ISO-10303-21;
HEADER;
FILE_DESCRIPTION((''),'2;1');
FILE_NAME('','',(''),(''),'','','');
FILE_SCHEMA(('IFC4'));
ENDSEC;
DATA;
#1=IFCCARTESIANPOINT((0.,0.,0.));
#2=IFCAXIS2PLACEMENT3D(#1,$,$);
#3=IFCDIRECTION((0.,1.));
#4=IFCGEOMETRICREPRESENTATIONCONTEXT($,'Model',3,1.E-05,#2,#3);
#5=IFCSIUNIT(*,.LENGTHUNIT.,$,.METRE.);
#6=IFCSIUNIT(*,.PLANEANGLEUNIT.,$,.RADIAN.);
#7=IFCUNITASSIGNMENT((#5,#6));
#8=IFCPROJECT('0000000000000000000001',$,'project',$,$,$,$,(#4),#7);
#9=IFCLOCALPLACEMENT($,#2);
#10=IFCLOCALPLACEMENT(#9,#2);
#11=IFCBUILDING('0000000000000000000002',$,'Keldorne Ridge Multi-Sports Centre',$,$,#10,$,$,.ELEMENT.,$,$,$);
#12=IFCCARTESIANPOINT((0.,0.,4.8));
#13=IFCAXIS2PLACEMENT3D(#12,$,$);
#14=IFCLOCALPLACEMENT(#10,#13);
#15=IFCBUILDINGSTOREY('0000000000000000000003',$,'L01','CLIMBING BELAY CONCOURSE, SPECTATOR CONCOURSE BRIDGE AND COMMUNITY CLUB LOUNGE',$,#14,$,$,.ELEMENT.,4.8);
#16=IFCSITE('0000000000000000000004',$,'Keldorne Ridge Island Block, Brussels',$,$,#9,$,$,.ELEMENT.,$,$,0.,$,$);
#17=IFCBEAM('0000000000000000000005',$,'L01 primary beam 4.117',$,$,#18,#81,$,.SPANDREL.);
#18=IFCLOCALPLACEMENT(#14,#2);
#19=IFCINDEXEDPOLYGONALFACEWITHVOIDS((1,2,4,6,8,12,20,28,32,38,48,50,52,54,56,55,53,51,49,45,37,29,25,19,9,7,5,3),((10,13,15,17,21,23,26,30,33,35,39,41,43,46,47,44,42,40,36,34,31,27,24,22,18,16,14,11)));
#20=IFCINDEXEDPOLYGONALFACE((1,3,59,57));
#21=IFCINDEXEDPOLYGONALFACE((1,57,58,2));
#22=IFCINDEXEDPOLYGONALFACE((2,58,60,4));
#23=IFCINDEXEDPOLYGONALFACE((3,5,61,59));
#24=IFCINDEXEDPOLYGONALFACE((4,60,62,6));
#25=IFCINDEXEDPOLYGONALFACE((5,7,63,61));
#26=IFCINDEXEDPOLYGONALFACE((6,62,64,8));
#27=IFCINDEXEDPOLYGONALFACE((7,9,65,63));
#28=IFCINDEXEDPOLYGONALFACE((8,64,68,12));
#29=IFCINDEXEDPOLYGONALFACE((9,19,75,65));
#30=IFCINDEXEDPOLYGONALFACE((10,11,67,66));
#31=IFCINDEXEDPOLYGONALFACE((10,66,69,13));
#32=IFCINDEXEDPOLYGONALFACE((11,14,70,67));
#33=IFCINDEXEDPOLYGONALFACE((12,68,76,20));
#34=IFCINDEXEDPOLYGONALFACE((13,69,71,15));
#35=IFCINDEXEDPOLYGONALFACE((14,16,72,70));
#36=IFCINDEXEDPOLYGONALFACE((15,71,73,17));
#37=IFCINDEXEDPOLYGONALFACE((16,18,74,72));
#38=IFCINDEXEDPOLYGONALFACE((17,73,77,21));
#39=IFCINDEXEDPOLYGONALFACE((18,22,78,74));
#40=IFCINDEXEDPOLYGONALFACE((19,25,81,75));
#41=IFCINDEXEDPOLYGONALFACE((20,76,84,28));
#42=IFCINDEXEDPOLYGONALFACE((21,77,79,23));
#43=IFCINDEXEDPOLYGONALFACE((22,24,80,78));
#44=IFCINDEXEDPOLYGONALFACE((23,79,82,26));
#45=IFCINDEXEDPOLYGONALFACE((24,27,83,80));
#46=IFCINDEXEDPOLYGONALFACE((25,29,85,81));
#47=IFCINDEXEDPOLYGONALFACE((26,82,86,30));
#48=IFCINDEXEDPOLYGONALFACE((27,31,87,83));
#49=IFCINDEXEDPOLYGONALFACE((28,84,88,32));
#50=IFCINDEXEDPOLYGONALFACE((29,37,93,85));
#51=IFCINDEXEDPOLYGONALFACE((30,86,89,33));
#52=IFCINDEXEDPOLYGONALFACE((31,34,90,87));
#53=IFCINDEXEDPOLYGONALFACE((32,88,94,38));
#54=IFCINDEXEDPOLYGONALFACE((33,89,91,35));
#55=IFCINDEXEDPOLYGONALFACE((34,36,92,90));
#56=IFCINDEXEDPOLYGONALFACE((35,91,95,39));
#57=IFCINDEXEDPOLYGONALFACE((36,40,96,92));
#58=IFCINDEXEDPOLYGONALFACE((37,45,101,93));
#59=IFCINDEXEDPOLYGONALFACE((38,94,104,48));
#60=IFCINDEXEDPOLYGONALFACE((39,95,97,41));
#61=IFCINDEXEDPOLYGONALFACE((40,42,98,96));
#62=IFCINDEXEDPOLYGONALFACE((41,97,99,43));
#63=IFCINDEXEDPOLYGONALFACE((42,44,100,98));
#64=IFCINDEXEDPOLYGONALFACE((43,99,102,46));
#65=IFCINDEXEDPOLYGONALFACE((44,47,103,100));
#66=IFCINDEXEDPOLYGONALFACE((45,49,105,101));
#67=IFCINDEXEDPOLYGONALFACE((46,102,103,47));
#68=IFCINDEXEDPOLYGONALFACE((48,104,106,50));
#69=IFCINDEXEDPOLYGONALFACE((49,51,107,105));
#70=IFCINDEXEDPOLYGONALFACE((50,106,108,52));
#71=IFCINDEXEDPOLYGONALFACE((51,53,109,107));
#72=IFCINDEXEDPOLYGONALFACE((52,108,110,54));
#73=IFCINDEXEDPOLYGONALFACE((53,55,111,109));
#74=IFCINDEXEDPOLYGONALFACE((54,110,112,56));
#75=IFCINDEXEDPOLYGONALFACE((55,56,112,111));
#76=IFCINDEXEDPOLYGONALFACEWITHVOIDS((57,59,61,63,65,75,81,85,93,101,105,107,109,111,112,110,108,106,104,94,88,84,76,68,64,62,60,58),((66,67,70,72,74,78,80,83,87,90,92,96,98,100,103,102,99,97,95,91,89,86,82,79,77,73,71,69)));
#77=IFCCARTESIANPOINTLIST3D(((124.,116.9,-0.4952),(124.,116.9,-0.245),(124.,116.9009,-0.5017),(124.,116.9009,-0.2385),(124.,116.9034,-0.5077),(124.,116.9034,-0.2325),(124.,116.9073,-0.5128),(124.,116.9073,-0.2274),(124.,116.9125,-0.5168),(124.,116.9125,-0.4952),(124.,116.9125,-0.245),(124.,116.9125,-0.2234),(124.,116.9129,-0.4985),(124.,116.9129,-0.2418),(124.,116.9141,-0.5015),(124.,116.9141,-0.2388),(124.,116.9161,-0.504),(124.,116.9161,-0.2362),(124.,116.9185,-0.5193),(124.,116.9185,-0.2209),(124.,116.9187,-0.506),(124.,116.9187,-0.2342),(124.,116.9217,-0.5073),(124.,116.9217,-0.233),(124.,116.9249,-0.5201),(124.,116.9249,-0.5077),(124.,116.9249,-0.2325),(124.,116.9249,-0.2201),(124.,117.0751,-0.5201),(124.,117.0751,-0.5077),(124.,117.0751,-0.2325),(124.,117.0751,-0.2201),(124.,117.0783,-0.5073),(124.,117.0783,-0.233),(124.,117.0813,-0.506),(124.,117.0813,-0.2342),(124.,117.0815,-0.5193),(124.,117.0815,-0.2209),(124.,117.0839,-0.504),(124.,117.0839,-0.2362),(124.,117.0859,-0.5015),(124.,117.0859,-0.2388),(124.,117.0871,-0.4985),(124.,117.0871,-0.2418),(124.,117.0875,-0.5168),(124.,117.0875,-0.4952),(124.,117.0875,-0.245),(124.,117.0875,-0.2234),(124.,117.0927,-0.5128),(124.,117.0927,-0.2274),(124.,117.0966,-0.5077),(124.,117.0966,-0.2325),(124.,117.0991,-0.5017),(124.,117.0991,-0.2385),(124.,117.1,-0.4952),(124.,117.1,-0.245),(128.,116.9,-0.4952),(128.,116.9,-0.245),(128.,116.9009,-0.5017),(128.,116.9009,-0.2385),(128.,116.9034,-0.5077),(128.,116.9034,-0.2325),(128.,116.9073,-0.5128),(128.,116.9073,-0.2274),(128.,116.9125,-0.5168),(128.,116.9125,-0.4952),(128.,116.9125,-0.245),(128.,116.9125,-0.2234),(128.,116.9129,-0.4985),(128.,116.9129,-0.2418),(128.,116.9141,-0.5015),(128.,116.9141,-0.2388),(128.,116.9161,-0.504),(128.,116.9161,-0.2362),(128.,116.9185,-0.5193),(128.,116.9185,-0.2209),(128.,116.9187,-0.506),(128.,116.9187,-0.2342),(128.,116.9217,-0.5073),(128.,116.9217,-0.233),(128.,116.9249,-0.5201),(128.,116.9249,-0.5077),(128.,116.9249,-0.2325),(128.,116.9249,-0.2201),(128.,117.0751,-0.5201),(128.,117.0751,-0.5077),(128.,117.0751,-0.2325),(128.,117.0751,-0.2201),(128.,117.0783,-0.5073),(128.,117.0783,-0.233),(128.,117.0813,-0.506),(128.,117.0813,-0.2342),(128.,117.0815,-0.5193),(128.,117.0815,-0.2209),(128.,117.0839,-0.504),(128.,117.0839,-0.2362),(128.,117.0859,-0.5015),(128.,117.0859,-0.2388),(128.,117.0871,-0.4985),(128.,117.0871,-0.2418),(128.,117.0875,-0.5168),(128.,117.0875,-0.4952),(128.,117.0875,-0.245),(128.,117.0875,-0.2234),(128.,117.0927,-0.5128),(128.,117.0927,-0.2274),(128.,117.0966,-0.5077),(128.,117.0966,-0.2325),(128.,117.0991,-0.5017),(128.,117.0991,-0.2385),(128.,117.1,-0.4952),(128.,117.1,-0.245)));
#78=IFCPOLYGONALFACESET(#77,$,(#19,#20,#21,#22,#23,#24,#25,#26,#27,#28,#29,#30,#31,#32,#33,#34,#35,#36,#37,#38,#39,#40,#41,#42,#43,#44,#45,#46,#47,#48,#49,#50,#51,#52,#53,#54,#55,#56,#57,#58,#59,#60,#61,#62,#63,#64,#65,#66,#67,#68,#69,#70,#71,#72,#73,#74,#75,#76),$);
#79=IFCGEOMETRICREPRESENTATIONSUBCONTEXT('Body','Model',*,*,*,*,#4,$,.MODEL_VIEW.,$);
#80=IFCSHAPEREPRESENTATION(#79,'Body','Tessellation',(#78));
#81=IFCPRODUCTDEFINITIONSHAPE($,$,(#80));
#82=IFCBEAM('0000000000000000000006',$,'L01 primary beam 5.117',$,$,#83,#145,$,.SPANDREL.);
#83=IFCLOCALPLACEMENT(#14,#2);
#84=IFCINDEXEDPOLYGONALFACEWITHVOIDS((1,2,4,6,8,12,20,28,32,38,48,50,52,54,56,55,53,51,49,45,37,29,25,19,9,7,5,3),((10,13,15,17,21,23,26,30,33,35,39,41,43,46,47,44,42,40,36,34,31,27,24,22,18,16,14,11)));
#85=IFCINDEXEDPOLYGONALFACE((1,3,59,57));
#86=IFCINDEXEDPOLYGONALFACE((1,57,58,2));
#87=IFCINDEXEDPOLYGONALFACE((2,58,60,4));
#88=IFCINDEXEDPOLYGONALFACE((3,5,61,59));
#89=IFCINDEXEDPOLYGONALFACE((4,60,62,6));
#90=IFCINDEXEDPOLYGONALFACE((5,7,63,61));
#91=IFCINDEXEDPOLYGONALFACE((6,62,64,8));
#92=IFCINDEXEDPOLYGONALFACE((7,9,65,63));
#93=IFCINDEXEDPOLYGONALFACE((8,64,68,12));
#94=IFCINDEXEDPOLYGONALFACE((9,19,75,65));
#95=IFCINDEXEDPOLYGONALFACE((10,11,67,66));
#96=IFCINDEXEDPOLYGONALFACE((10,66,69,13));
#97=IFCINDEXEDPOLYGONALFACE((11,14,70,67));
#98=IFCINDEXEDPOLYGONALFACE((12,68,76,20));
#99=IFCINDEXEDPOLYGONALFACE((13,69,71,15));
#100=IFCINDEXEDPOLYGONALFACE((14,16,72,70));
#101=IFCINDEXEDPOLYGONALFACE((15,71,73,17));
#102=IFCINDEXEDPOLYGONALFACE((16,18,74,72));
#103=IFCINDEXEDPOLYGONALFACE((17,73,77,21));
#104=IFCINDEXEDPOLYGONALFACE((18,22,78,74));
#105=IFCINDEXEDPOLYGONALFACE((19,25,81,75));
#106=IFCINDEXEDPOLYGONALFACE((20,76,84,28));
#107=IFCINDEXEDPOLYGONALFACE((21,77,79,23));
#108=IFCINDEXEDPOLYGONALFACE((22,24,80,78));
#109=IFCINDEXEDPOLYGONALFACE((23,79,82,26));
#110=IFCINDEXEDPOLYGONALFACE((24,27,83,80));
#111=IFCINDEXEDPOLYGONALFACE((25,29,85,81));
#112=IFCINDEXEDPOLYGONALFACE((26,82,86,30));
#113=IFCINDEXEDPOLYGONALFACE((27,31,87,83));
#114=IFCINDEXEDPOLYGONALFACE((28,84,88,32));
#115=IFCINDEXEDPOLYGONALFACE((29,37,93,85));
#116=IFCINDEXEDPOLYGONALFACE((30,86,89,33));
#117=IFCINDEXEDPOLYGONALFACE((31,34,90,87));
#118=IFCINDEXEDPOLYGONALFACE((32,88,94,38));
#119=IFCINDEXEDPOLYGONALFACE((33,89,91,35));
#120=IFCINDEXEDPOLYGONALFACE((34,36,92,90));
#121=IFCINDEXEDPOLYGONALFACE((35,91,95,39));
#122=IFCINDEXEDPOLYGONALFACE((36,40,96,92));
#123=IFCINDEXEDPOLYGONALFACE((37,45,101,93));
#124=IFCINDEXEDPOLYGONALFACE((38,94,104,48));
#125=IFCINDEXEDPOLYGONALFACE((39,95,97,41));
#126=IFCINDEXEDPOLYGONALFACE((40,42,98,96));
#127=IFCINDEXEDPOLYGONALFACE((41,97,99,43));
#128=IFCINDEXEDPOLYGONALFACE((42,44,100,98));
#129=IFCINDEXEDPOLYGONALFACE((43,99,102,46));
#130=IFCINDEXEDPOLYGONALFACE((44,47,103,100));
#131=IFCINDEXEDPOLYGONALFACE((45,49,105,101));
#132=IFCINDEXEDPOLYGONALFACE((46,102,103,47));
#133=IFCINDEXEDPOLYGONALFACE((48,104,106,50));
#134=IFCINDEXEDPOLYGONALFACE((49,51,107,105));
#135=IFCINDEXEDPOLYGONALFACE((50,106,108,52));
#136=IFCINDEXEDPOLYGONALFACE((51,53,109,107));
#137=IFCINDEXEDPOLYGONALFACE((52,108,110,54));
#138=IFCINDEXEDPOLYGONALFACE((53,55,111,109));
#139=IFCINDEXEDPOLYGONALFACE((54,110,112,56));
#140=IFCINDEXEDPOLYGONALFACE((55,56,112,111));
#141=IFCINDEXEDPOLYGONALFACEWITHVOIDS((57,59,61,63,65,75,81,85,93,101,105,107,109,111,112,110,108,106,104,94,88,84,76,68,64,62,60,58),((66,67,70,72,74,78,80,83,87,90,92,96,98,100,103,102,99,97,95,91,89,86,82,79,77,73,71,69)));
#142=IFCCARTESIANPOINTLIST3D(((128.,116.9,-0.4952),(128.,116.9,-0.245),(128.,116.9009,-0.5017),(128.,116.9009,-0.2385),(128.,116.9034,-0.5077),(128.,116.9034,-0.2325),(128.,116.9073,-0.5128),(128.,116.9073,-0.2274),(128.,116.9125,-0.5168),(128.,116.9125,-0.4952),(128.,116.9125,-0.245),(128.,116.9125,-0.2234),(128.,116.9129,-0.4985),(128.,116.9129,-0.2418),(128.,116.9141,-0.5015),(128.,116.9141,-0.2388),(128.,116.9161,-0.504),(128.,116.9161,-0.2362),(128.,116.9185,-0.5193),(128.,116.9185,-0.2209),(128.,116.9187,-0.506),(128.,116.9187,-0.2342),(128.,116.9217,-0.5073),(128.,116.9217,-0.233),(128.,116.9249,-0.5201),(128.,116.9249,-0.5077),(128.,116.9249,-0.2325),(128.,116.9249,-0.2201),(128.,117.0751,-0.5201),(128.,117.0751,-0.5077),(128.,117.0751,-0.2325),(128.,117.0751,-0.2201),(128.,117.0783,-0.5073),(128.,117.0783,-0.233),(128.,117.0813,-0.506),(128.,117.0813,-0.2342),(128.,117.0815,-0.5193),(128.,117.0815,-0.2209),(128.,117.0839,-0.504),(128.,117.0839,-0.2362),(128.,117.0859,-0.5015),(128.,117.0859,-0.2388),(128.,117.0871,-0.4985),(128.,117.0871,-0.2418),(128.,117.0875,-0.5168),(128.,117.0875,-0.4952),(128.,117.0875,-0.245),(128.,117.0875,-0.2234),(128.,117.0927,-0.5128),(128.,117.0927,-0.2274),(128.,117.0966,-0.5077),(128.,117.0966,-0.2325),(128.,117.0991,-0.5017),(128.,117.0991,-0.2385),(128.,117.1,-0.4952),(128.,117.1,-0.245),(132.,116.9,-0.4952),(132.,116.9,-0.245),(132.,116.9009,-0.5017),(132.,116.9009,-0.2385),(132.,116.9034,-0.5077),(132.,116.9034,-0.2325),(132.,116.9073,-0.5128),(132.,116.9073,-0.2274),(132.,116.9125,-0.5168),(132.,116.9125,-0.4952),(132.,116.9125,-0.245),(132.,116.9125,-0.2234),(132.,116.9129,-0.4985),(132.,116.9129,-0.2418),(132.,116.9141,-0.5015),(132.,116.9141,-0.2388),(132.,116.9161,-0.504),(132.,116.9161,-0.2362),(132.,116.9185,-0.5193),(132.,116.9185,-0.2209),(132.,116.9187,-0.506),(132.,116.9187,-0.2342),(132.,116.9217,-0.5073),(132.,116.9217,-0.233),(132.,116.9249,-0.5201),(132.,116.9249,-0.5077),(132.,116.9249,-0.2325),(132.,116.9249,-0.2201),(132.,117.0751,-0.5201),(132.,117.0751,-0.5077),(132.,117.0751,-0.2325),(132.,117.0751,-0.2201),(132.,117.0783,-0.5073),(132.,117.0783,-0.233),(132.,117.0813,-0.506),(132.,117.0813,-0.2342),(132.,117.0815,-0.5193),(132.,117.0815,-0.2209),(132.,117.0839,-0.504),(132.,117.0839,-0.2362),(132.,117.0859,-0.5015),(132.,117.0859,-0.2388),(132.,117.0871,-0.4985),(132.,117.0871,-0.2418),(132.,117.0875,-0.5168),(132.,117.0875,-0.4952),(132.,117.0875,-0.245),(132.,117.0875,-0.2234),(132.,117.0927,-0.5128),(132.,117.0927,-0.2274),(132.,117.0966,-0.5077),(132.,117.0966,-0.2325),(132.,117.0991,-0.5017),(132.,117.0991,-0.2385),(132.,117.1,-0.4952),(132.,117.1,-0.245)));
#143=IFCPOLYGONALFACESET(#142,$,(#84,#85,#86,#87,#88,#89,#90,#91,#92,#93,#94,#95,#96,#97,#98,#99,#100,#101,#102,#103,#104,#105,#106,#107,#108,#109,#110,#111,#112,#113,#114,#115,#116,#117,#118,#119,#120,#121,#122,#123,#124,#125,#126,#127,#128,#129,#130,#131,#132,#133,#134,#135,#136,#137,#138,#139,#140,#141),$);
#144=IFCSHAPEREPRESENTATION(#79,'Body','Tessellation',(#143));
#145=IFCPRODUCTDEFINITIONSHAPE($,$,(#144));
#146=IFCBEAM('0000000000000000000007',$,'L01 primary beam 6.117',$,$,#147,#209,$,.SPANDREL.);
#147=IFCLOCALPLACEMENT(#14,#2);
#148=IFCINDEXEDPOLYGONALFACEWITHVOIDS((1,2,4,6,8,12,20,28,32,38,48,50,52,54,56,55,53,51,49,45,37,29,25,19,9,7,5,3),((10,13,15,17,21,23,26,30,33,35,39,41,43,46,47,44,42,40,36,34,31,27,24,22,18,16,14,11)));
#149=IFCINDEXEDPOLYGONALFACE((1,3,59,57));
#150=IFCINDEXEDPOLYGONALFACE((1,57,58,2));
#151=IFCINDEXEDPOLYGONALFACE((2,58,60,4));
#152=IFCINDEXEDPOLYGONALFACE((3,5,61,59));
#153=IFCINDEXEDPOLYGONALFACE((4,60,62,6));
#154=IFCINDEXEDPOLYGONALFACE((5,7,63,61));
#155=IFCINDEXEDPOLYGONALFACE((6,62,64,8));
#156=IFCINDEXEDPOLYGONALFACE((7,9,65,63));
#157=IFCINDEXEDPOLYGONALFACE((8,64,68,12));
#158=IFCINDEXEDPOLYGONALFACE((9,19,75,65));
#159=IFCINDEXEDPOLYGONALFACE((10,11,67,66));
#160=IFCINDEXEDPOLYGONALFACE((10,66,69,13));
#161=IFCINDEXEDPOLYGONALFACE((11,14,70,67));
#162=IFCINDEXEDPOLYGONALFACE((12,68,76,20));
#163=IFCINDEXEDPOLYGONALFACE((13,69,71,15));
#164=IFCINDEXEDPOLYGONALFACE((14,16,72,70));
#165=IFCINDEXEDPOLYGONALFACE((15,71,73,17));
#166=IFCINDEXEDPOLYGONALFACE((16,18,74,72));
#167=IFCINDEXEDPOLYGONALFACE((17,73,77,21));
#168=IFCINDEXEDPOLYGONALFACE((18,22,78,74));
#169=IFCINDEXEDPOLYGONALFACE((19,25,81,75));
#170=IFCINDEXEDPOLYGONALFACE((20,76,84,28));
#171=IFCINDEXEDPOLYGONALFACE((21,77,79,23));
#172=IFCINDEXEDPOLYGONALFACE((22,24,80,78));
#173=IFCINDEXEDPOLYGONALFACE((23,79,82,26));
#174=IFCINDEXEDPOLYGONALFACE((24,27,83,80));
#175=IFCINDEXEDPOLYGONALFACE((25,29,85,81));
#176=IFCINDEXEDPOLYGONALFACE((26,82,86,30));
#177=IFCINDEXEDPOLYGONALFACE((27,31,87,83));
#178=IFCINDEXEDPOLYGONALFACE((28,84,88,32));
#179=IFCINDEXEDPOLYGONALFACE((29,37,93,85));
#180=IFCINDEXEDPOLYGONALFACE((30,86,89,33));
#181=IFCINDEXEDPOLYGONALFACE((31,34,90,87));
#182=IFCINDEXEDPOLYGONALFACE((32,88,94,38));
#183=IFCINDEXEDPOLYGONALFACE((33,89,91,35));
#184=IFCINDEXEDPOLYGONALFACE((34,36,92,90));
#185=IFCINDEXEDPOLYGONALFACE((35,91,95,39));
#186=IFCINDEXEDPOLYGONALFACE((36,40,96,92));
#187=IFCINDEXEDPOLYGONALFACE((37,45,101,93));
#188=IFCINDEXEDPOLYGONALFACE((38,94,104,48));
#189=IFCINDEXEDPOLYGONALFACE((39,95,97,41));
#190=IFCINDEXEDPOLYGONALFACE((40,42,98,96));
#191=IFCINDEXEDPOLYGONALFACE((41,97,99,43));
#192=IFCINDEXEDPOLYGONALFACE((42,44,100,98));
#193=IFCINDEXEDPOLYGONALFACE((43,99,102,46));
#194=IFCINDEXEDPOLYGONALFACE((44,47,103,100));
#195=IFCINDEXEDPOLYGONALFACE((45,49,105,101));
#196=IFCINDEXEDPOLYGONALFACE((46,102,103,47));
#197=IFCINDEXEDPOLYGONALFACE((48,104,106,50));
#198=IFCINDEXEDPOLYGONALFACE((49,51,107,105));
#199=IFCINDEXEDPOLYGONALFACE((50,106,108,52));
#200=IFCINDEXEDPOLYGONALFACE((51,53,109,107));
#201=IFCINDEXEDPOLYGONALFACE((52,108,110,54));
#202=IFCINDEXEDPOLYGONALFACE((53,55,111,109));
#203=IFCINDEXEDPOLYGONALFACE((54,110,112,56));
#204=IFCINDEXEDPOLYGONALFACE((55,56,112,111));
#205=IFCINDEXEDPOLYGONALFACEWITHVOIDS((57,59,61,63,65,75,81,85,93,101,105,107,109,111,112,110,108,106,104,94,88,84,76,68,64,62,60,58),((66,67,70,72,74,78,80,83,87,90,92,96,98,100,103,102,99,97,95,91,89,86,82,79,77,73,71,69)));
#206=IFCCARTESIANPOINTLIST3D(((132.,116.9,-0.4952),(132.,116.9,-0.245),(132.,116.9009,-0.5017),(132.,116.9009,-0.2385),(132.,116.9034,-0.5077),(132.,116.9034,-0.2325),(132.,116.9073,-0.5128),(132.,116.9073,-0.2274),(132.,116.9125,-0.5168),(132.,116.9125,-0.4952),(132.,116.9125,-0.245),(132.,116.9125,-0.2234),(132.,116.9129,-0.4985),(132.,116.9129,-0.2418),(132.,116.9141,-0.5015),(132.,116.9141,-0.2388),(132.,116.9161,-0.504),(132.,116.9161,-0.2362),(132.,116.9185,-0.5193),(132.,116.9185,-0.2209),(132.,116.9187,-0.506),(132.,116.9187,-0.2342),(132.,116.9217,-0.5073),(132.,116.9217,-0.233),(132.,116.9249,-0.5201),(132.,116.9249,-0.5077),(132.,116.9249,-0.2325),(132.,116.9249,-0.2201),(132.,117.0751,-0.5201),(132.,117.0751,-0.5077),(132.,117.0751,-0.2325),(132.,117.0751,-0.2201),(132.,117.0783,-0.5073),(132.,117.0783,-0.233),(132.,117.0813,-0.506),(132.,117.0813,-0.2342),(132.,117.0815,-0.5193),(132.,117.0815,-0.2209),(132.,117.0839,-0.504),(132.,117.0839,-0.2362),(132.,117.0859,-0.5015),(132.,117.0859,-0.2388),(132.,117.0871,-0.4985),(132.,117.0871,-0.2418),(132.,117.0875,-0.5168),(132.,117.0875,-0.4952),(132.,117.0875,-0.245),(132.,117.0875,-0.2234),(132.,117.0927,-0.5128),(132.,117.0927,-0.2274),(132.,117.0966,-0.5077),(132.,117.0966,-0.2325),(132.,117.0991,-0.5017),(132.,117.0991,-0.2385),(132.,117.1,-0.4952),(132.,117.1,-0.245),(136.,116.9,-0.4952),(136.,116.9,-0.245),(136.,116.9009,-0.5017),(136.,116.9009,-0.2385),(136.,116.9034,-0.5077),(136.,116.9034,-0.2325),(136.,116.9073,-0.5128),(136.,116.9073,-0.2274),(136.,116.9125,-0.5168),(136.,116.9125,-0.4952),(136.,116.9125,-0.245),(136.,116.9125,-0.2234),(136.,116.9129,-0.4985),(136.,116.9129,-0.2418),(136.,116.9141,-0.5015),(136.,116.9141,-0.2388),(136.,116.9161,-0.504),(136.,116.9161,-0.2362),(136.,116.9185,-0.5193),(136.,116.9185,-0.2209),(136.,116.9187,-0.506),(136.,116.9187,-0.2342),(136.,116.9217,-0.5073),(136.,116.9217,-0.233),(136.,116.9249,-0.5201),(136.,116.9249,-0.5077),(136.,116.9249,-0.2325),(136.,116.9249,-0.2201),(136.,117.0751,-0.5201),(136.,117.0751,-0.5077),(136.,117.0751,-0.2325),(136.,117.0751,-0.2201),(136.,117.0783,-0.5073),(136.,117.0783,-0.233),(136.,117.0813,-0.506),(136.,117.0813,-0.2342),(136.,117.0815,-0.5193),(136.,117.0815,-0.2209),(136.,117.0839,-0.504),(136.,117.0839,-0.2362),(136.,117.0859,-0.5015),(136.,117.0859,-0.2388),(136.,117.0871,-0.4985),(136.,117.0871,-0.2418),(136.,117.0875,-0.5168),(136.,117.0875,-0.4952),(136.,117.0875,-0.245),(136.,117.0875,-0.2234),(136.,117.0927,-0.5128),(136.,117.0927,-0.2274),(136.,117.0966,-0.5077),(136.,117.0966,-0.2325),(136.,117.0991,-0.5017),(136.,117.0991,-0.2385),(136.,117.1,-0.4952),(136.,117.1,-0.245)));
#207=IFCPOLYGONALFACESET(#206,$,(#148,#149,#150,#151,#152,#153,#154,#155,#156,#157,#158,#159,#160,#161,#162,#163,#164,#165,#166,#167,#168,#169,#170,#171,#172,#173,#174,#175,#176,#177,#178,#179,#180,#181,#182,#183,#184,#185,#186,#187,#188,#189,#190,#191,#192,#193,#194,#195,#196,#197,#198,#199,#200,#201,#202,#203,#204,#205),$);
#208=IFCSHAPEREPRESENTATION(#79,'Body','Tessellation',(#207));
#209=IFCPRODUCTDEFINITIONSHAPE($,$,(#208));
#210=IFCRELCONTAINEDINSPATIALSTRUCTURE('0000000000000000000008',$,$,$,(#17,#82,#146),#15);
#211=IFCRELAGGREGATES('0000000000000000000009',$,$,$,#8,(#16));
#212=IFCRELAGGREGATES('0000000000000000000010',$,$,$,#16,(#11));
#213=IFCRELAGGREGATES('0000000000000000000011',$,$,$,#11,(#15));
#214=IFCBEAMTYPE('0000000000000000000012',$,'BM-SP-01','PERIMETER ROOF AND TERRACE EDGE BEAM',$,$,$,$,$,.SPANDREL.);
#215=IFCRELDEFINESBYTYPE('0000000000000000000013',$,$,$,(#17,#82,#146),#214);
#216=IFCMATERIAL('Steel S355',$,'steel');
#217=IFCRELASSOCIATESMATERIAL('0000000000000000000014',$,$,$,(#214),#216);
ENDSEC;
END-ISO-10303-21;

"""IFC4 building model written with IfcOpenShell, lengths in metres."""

from ifc_helpers import new_model, si_unit, direction, frame, origin, origin_2d, place, context, subcontext, project, spatial, hollow_rectangle, extrude, material, material_profile, profile_set, type_object, element, save


model = new_model("IFC4")

# Units and contexts
model_context = context("Model", 3, precision=1e-05, world=origin(), true_north=direction((0.0, 1.0)))
body_context = subcontext(model_context, "Body", "Model", "MODEL_VIEW")
ifc_project = project(units=[si_unit("LENGTHUNIT", "METRE"), si_unit("PLANEANGLEUNIT", "RADIAN")], contexts=[model_context])

# Site, building, storey
site_placement = place(None, origin())
site = spatial("IfcSite", under=ifc_project, at=site_placement, Name="Keldorne Ridge Island Block, Brussels", CompositionType="ELEMENT", RefElevation=0.0)
building_placement = place(site_placement, origin())
building = spatial("IfcBuilding", under=site, at=building_placement, Name="Keldorne Ridge Multi-Sports Centre", CompositionType="ELEMENT")
storey_placement = place(building_placement, frame((0.0, 0.0, 4.8)))
storey = spatial("IfcBuildingStorey", under=building, at=storey_placement, Name="L01", Description="CLIMBING BELAY CONCOURSE, SPECTATOR CONCOURSE BRIDGE AND COMMUNITY CLUB LOUNGE", CompositionType="ELEMENT", Elevation=4.8)

# Shared definitions
ifc_material_1 = material(Name="Steel S355", Category="steel")

# Beams
ifc_material_profile_1 = material_profile(ifc_material_1, hollow_rectangle(XDim=0.2, YDim=0.3, WallThickness=0.0125, InnerFilletRadius=0.0125, OuterFilletRadius=0.0249, at=origin_2d()), Name="RHS 300x200x12.5")
ifc_profile_set_1 = profile_set([ifc_material_profile_1], Name="Steel S355")
beam_type = type_object("IfcBeamType", Name="BM-SP-01", Description="PERIMETER ROOF AND TERRACE EDGE BEAM", PredefinedType="SPANDREL", material=ifc_profile_set_1)
for number, where, z_axis, x_axis, name in (
    (1, (124.0, 117.0, -0.3701), (1.0, 0.0, 0.0), (0.0, 1.0, 0.0), "L01 primary beam 4.117"),
    (2, (128.0, 117.0, -0.3701), (1.0, 0.0, 0.0), (0.0, 1.0, 0.0), "L01 primary beam 5.117"),
    (3, (132.0, 117.0, -0.3701), (1.0, 0.0, 0.0), (0.0, 1.0, 0.0), "L01 primary beam 6.117"),
):
    element("IfcBeam", number, at=place(storey_placement, frame(where, z_axis=z_axis, x_axis=x_axis)), inside=storey, type_object=beam_type, Name=name, PredefinedType="SPANDREL", context=body_context, shape_type="SweptSolid", body=[
        extrude(hollow_rectangle(XDim=0.2, YDim=0.3, WallThickness=0.0125, InnerFilletRadius=0.0125, OuterFilletRadius=0.0249, at=origin_2d()), origin(), (0.0, 0.0, 1.0), 4.0),
    ])

save(model, "model.ifc")
